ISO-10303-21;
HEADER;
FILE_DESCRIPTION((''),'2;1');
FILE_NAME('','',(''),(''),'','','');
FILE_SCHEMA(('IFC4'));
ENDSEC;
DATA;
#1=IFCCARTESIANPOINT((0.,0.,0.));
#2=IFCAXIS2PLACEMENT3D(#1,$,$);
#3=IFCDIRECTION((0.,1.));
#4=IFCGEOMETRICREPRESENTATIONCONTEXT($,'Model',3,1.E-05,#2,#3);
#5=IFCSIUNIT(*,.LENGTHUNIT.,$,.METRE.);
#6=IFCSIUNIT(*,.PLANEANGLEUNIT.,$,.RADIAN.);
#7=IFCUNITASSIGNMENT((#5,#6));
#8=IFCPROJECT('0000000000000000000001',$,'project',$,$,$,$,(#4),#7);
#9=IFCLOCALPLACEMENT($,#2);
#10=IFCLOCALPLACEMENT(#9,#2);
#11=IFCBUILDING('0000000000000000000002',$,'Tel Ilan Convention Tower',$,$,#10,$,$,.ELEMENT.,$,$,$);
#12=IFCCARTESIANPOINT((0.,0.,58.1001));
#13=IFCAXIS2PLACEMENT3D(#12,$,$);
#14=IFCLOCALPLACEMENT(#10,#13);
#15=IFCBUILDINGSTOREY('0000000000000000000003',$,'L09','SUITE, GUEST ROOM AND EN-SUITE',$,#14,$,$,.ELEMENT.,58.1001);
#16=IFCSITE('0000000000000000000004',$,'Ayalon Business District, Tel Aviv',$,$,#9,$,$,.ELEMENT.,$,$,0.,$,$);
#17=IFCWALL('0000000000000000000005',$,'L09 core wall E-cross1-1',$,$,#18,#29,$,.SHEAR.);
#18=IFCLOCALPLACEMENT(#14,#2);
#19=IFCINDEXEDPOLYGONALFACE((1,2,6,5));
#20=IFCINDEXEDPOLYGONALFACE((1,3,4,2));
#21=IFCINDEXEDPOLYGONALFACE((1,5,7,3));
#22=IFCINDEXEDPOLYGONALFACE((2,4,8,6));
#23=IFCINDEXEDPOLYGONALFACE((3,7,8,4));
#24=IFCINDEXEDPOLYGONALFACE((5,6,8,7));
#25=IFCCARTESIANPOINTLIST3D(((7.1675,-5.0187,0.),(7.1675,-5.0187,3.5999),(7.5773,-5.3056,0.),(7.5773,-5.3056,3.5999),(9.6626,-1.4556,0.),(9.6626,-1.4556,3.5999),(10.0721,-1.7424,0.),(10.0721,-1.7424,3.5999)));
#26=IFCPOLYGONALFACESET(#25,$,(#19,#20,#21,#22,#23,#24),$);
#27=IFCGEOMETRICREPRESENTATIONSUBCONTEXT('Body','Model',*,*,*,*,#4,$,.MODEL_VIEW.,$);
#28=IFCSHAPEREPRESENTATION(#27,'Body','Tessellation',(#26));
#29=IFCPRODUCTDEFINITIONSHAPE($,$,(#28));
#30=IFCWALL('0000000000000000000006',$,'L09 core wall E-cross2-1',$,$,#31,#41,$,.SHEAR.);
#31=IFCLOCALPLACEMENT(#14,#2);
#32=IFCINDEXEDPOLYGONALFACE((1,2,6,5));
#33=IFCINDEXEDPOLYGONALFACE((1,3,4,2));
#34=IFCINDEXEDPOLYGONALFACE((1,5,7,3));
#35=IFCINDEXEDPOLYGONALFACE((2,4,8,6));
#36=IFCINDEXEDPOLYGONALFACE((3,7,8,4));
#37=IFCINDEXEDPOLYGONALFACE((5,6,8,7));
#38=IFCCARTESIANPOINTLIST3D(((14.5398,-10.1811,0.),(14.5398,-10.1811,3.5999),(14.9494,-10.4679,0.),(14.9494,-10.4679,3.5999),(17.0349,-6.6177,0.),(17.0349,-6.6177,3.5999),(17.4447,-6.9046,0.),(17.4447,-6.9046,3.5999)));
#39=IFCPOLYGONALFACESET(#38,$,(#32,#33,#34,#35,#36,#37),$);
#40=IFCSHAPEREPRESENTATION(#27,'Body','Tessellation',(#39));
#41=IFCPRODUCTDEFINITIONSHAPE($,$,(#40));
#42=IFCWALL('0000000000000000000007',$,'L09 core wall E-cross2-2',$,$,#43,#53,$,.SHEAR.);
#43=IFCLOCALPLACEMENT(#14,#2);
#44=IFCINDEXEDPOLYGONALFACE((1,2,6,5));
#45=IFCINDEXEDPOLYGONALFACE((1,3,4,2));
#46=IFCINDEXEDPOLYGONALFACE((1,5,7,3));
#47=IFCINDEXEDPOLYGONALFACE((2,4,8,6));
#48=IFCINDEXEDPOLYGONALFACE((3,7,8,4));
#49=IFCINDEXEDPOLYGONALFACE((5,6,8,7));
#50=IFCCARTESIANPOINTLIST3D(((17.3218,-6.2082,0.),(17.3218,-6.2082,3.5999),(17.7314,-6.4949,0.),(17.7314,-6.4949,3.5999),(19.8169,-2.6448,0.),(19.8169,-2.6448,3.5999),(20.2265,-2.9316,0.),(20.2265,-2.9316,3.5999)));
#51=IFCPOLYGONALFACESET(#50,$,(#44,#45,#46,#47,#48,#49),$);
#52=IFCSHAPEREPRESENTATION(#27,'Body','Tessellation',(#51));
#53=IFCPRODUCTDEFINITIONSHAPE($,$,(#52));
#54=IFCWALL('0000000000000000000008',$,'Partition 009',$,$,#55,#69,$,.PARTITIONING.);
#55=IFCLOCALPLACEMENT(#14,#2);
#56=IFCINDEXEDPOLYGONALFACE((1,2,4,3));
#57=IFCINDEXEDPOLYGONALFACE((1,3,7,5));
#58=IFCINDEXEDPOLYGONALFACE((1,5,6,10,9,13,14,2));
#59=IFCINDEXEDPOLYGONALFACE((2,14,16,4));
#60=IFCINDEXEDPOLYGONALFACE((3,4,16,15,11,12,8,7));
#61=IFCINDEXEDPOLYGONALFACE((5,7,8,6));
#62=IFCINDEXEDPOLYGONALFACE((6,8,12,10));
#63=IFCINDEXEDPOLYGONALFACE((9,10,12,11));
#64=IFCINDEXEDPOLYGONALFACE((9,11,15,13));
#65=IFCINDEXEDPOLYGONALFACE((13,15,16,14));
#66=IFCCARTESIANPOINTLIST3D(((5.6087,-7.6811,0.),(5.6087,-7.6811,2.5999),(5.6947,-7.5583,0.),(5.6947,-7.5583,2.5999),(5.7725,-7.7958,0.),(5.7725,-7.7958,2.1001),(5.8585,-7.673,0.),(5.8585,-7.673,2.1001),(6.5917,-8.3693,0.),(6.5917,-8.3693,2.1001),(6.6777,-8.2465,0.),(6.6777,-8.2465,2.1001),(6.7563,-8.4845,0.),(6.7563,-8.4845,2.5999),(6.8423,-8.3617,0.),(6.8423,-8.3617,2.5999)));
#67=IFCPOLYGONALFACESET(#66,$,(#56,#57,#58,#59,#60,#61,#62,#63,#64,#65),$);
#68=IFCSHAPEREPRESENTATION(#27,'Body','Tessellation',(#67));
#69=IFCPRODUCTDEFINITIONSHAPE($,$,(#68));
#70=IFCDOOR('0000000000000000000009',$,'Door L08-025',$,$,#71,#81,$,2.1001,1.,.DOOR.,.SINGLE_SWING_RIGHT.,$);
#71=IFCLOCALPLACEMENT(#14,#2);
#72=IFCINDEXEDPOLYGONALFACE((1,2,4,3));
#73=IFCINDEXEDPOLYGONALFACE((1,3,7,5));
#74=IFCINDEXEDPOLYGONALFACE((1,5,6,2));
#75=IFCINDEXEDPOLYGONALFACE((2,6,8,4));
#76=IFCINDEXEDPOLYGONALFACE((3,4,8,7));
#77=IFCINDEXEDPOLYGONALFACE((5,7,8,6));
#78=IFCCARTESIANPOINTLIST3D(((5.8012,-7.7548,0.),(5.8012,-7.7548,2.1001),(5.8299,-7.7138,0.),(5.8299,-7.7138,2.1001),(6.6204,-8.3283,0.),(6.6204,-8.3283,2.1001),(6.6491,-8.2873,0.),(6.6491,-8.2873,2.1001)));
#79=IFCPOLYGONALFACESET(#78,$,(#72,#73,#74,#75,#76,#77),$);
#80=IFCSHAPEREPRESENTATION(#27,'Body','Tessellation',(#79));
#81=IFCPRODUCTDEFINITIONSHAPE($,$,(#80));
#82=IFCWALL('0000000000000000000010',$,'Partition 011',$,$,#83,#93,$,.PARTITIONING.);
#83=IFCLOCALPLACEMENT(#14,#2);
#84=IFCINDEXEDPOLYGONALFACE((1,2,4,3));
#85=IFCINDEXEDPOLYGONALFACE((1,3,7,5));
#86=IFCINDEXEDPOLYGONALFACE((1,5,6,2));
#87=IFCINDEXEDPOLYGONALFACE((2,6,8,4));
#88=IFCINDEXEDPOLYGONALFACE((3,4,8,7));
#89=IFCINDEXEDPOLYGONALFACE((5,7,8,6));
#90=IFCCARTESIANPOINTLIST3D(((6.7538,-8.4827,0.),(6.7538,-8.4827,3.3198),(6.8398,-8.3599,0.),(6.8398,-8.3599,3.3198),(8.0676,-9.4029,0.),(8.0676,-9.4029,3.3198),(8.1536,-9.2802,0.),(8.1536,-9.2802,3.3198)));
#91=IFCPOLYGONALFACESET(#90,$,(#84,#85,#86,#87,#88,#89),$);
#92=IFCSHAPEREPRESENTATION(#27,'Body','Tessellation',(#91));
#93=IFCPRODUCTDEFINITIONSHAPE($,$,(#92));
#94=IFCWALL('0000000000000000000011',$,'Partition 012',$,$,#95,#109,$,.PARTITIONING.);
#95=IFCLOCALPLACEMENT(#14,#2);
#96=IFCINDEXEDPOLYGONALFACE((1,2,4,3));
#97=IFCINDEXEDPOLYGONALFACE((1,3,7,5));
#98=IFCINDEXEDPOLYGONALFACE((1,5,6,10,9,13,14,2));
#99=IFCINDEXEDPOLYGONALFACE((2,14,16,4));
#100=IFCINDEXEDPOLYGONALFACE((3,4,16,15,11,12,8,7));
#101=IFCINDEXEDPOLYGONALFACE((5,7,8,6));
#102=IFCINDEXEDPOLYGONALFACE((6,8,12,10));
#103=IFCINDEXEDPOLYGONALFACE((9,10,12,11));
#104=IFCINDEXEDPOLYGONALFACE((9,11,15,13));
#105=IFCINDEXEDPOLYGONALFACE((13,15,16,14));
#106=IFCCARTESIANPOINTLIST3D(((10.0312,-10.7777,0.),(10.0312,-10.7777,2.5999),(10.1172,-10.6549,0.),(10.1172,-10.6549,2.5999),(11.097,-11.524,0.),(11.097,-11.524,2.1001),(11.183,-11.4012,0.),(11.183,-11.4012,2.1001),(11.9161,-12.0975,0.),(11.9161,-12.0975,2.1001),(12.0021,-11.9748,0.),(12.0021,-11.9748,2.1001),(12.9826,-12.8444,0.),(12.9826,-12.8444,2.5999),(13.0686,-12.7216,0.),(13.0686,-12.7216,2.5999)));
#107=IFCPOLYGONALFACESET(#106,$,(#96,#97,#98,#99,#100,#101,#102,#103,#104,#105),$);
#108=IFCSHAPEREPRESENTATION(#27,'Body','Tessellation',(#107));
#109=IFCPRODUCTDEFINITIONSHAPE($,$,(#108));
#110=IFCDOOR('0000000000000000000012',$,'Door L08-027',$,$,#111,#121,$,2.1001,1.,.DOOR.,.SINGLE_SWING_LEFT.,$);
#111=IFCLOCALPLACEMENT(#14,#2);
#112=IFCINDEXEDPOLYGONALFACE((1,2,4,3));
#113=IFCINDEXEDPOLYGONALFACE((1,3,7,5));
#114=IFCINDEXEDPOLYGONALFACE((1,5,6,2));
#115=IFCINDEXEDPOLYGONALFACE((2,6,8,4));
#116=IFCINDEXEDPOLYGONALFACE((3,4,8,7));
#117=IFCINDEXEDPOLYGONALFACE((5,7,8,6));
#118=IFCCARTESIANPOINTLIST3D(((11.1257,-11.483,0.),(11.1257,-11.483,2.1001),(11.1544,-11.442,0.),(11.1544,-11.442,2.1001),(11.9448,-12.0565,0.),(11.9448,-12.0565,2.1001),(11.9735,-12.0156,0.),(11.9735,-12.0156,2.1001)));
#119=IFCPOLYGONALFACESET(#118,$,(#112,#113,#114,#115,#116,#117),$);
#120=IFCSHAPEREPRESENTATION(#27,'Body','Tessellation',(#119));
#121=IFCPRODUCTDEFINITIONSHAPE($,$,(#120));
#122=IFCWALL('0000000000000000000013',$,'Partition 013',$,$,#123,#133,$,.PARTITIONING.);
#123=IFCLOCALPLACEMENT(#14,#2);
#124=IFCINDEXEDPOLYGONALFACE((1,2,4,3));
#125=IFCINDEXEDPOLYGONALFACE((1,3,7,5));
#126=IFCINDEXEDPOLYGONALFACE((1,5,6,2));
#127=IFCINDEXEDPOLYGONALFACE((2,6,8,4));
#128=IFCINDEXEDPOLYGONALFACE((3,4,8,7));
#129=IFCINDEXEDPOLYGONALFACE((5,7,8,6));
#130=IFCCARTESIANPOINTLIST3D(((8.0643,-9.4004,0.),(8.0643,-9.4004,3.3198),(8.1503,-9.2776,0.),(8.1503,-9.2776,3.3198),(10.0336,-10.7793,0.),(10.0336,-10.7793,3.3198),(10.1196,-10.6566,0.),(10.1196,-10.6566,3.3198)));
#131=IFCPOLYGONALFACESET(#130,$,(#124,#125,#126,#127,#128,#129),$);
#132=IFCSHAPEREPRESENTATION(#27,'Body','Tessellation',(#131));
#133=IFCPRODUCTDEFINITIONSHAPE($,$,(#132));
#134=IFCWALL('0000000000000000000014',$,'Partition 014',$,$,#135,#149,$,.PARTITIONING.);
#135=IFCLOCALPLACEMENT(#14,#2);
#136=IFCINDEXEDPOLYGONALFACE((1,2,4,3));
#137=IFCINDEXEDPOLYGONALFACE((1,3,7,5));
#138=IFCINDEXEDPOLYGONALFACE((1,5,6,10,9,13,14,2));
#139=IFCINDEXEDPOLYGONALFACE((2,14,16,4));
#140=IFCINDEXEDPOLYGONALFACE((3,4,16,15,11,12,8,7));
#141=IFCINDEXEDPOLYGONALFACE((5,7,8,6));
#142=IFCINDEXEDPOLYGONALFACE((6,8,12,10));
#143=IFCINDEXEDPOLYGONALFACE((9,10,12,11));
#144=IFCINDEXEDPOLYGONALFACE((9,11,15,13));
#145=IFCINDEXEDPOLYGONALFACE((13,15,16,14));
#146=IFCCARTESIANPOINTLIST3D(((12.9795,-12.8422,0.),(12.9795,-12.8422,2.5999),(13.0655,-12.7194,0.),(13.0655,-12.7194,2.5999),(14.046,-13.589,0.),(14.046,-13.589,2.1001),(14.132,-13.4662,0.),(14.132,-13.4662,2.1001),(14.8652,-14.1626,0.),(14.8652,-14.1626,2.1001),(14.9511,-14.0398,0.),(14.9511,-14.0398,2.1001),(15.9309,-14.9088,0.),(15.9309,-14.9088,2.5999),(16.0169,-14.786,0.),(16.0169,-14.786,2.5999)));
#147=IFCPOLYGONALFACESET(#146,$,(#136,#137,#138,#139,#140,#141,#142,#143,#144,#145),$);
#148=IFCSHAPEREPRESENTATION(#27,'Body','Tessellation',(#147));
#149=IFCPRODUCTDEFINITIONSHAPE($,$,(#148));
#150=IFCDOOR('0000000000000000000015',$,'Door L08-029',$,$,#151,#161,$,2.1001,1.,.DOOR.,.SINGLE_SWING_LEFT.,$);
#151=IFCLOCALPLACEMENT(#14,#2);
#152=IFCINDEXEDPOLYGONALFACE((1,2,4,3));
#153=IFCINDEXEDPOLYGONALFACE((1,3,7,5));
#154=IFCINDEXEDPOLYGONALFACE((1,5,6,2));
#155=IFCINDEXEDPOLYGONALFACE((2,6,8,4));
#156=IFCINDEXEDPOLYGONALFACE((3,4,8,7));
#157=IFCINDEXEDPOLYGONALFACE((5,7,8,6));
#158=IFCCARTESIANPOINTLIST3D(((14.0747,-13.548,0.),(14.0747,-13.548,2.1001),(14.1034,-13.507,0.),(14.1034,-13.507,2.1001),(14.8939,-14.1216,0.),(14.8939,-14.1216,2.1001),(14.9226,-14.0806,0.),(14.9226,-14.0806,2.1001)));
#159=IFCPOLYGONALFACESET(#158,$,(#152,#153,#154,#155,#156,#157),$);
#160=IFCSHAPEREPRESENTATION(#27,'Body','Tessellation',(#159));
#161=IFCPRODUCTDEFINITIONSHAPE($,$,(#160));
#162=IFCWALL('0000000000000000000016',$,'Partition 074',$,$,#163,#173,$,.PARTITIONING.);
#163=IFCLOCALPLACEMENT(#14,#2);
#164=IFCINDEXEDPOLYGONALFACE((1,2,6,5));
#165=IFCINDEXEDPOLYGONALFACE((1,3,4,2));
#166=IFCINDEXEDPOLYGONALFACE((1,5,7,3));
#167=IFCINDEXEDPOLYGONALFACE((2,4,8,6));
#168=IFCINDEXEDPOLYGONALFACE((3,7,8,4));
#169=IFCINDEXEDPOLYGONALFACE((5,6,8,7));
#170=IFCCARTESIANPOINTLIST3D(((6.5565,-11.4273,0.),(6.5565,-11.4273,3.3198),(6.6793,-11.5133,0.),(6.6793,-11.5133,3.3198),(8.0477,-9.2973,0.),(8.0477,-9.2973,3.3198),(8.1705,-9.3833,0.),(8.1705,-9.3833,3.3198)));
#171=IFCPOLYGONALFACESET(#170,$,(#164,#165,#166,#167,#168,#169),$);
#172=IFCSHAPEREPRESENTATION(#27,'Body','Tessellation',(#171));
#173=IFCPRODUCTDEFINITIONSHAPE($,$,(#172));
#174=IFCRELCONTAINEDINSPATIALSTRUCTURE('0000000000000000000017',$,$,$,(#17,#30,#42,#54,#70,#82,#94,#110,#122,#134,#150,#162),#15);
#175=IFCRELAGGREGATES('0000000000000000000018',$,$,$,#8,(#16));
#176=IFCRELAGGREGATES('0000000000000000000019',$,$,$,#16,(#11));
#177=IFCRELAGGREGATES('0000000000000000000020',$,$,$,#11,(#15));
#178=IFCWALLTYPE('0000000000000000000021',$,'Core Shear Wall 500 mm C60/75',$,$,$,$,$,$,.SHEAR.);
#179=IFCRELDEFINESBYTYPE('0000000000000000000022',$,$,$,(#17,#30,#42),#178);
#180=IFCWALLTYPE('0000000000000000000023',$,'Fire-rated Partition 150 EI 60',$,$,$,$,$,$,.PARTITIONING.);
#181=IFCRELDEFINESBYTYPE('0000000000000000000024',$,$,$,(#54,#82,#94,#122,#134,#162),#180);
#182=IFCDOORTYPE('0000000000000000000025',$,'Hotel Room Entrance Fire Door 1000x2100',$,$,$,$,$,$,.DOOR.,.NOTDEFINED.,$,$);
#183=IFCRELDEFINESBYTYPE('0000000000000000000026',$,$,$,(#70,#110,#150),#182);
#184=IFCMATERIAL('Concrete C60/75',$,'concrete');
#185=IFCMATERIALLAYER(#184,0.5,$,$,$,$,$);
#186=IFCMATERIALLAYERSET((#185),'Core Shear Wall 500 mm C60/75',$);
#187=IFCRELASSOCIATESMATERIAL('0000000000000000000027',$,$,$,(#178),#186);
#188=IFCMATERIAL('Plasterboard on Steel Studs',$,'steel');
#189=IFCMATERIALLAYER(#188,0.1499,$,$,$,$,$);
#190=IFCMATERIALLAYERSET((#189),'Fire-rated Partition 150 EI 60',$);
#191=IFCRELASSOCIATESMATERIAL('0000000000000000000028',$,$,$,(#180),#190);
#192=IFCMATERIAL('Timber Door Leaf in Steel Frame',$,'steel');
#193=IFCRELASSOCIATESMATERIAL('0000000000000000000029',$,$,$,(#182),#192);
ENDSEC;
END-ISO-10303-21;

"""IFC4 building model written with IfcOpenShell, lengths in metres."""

from ifc_helpers import new_model, si_unit, direction, frame, frame_2d, origin, place, context, subcontext, project, spatial, polyline, rectangle, outline, extrude, material, layer, layer_set, type_object, element, fill, save


model = new_model("IFC4")

# Units and contexts
model_context = context("Model", 3, precision=1e-05, world=origin(), true_north=direction((0.0, 1.0)))
body_context = subcontext(model_context, "Body", "Model", "MODEL_VIEW")
ifc_project = project(units=[si_unit("LENGTHUNIT", "METRE"), si_unit("PLANEANGLEUNIT", "RADIAN")], contexts=[model_context])

# Site, building, storey
site_placement = place(None, origin())
site = spatial("IfcSite", under=ifc_project, at=site_placement, Name="Ayalon Business District, Tel Aviv", CompositionType="ELEMENT", RefElevation=0.0)
building_placement = place(site_placement, origin())
building = spatial("IfcBuilding", under=site, at=building_placement, Name="Tel Ilan Convention Tower", CompositionType="ELEMENT")
storey_placement = place(building_placement, frame((0.0, 0.0, 58.1001)))
storey = spatial("IfcBuildingStorey", under=building, at=storey_placement, Name="L09", Description="SUITE, GUEST ROOM AND EN-SUITE", CompositionType="ELEMENT", Elevation=58.1001)

# Walls
ifc_material_1 = material(Name="Concrete C60/75", Category="concrete")
ifc_layer_1 = layer(ifc_material_1, 0.5)
ifc_layer_set_1 = layer_set([ifc_layer_1], Name="Core Shear Wall 500 mm C60/75")
wall_type_1 = type_object("IfcWallType", Name="Core Shear Wall 500 mm C60/75", PredefinedType="SHEAR", material=ifc_layer_set_1)
wall_1_placement = place(storey_placement, frame((7.3723, -5.1621, 0.0), z_axis=(0.0, 0.0, 1.0), x_axis=(0.573594, 0.81914, 0.0)))
element("IfcWall", 1, at=wall_1_placement, inside=storey, type_object=wall_type_1, Name="L09 core wall E-cross1-1", PredefinedType="SHEAR", context=body_context, shape_type="SweptSolid", body=[
    extrude(outline(polyline([(0.0, 0.25), (0.0, -0.2502), (4.3499, -0.25), (4.3499, 0.25), (0.0, 0.25)])), origin(), (0.0, 0.0, 1.0), 3.5999),
])
wall_2_placement = place(storey_placement, frame((14.7446, -10.3245, 0.0), z_axis=(0.0, 0.0, 1.0), x_axis=(0.573568, 0.819158, 0.0)))
element("IfcWall", 2, at=wall_2_placement, inside=storey, type_object=wall_type_1, Name="L09 core wall E-cross2-1", PredefinedType="SHEAR", context=body_context, shape_type="SweptSolid", body=[
    extrude(outline(polyline([(0.0, 0.25), (0.0, -0.25), (4.3501, -0.2502), (4.3501, 0.25), (0.0, 0.25)])), origin(), (0.0, 0.0, 1.0), 3.5999),
])
wall_3_placement = place(storey_placement, frame((17.5266, -6.3516, 0.0), z_axis=(0.0, 0.0, 1.0), x_axis=(0.57353, 0.819184, 0.0)))
element("IfcWall", 3, at=wall_3_placement, inside=storey, type_object=wall_type_1, Name="L09 core wall E-cross2-2", PredefinedType="SHEAR", context=body_context, shape_type="SweptSolid", body=[
    extrude(outline(polyline([(4.3501, -0.2502), (4.3501, 0.2498), (0.0, 0.25), (0.0, -0.25), (4.3501, -0.2502)])), origin(), (0.0, 0.0, 1.0), 3.5999),
])

# Wall, opening, door
ifc_material_2 = material(Name="Plasterboard on Steel Studs", Category="steel")
ifc_layer_2 = layer(ifc_material_2, 0.1499)
ifc_layer_set_2 = layer_set([ifc_layer_2], Name="Fire-rated Partition 150 EI 60")
wall_type_2 = type_object("IfcWallType", Name="Fire-rated Partition 150 EI 60", PredefinedType="PARTITIONING", material=ifc_layer_set_2)
wall_4_placement = place(storey_placement, frame((6.7993, -8.4231, 0.0), z_axis=(0.0, 0.0, 1.0), x_axis=(-0.819207, 0.573497, 0.0)))
wall_4 = element("IfcWall", 4, at=wall_4_placement, inside=storey, type_object=wall_type_2, Name="Partition 009", PredefinedType="PARTITIONING", context=body_context, shape_type="SweptSolid", body=[
    extrude(rectangle(XDim=1.4009, YDim=0.1499, at=frame_2d((0.7004, 0.0))), origin(), (0.0, 0.0, 1.0), 2.5999),
])
opening_1_placement = place(wall_4_placement, frame((0.2009, 0.0, 0.0)))
opening_1 = element("IfcOpeningElement", 5, at=opening_1_placement, cuts=wall_4, PredefinedType="OPENING", context=body_context, shape_type="SweptSolid", body=[
    extrude(rectangle(XDim=1.0, YDim=2.1001, at=frame_2d((0.5, 1.05))), frame((0.0, 0.085, 0.0), z_axis=(0.0, -1.0, 0.0), x_axis=(1.0, 0.0, 0.0)), (0.0, 0.0, 1.0), 0.1699),
])
ifc_material_3 = material(Name="Timber Door Leaf in Steel Frame", Category="steel")
door_type_1 = type_object("IfcDoorType", Name="Hotel Room Entrance Fire Door 1000x2100", OperationType="NOTDEFINED", PredefinedType="DOOR", material=ifc_material_3)
door_1_placement = place(opening_1_placement, origin())
door_1 = element("IfcDoor", 6, at=door_1_placement, inside=storey, type_object=door_type_1, Name="Door L08-025", OperationType="SINGLE_SWING_RIGHT", OverallHeight=2.1001, OverallWidth=1.0, PredefinedType="DOOR", context=body_context, shape_type="SweptSolid", body=[
    extrude(rectangle(XDim=1.0, YDim=2.1001, at=frame_2d((0.5, 1.05))), frame((0.0, 0.0249, 0.0), z_axis=(0.0, -1.0, 0.0), x_axis=(1.0, 0.0, 0.0)), (0.0, 0.0, 1.0), 0.05),
])
fill(opening_1, door_1)

# Wall
wall_5_placement = place(storey_placement, frame((8.1106, -9.3416, 0.0), z_axis=(0.0, 0.0, 1.0), x_axis=(-0.819067, 0.573697, 0.0)))
element("IfcWall", 7, at=wall_5_placement, inside=storey, type_object=wall_type_2, Name="Partition 011", PredefinedType="PARTITIONING", context=body_context, shape_type="SweptSolid", body=[
    extrude(rectangle(XDim=1.604, YDim=0.1499, at=frame_2d((0.802, 0.0))), origin(), (0.0, 0.0, 1.0), 3.3198),
])

# Wall, opening, door
wall_6_placement = place(storey_placement, frame((13.0256, -12.783, 0.0), z_axis=(0.0, 0.0, 1.0), x_axis=(-0.819146, 0.573585, 0.0)))
wall_6 = element("IfcWall", 8, at=wall_6_placement, inside=storey, type_object=wall_type_2, Name="Partition 012", PredefinedType="PARTITIONING", context=body_context, shape_type="SweptSolid", body=[
    extrude(rectangle(XDim=3.603, YDim=0.1499, at=frame_2d((1.8015, 0.0))), origin(), (0.0, 0.0, 1.0), 2.5999),
])
opening_2_placement = place(wall_6_placement, frame((1.302, 0.0, 0.0)))
opening_2 = element("IfcOpeningElement", 9, at=opening_2_placement, cuts=wall_6, PredefinedType="OPENING", context=body_context, shape_type="SweptSolid", body=[
    extrude(rectangle(XDim=1.0, YDim=2.1001, at=frame_2d((0.5, 1.05))), frame((0.0, 0.085, 0.0), z_axis=(0.0, -1.0, 0.0), x_axis=(1.0, 0.0, 0.0)), (0.0, 0.0, 1.0), 0.1699),
])
door_2_placement = place(opening_2_placement, origin())
door_2 = element("IfcDoor", 10, at=door_2_placement, inside=storey, type_object=door_type_1, Name="Door L08-027", OperationType="SINGLE_SWING_LEFT", OverallHeight=2.1001, OverallWidth=1.0, PredefinedType="DOOR", context=body_context, shape_type="SweptSolid", body=[
    extrude(rectangle(XDim=1.0, YDim=2.1001, at=frame_2d((0.5, 1.05))), frame((0.0, 0.0249, 0.0), z_axis=(0.0, -1.0, 0.0), x_axis=(1.0, 0.0, 0.0)), (0.0, 0.0, 1.0), 0.05),
])
fill(opening_2, door_2)

# Wall
wall_7_placement = place(storey_placement, frame((10.0767, -10.718, 0.0), z_axis=(0.0, 0.0, 1.0), x_axis=(-0.819146, 0.573585, 0.0)))
element("IfcWall", 11, at=wall_7_placement, inside=storey, type_object=wall_type_2, Name="Partition 013", PredefinedType="PARTITIONING", context=body_context, shape_type="SweptSolid", body=[
    extrude(rectangle(XDim=2.4041, YDim=0.1499, at=frame_2d((1.2021, 0.0))), origin(), (0.0, 0.0, 1.0), 3.3198),
])

# Wall, opening, door
wall_8_placement = place(storey_placement, frame((15.9739, -14.8474, 0.0), z_axis=(0.0, 0.0, 1.0), x_axis=(-0.819146, 0.573585, 0.0)))
wall_8 = element("IfcWall", 12, at=wall_8_placement, inside=storey, type_object=wall_type_2, Name="Partition 014", PredefinedType="PARTITIONING", context=body_context, shape_type="SweptSolid", body=[
    extrude(rectangle(XDim=3.603, YDim=0.1499, at=frame_2d((1.8015, 0.0))), origin(), (0.0, 0.0, 1.0), 2.5999),
])
opening_3_placement = place(wall_8_placement, frame((1.301, 0.0, 0.0)))
opening_3 = element("IfcOpeningElement", 13, at=opening_3_placement, cuts=wall_8, PredefinedType="OPENING", context=body_context, shape_type="SweptSolid", body=[
    extrude(rectangle(XDim=1.0, YDim=2.1001, at=frame_2d((0.5, 1.05))), frame((0.0, 0.085, 0.0), z_axis=(0.0, -1.0, 0.0), x_axis=(1.0, 0.0, 0.0)), (0.0, 0.0, 1.0), 0.1699),
])
door_3_placement = place(opening_3_placement, origin())
door_3 = element("IfcDoor", 14, at=door_3_placement, inside=storey, type_object=door_type_1, Name="Door L08-029", OperationType="SINGLE_SWING_LEFT", OverallHeight=2.1001, OverallWidth=1.0, PredefinedType="DOOR", context=body_context, shape_type="SweptSolid", body=[
    extrude(rectangle(XDim=1.0, YDim=2.1001, at=frame_2d((0.5, 1.05))), frame((0.0, 0.0249, 0.0), z_axis=(0.0, -1.0, 0.0), x_axis=(1.0, 0.0, 0.0)), (0.0, 0.0, 1.0), 0.05),
])
fill(opening_3, door_3)

# Wall
wall_9_placement = place(storey_placement, frame((8.1091, -9.3403, 0.0), z_axis=(0.0, 0.0, 1.0), x_axis=(-0.573538, -0.819179, 0.0)))
element("IfcWall", 15, at=wall_9_placement, inside=storey, type_object=wall_type_2, Name="Partition 074", PredefinedType="PARTITIONING", context=body_context, shape_type="SweptSolid", body=[
    extrude(rectangle(XDim=2.6001, YDim=0.1499, at=frame_2d((1.3, 0.0))), origin(), (0.0, 0.0, 1.0), 3.3198),
])

save(model, "model.ifc")
